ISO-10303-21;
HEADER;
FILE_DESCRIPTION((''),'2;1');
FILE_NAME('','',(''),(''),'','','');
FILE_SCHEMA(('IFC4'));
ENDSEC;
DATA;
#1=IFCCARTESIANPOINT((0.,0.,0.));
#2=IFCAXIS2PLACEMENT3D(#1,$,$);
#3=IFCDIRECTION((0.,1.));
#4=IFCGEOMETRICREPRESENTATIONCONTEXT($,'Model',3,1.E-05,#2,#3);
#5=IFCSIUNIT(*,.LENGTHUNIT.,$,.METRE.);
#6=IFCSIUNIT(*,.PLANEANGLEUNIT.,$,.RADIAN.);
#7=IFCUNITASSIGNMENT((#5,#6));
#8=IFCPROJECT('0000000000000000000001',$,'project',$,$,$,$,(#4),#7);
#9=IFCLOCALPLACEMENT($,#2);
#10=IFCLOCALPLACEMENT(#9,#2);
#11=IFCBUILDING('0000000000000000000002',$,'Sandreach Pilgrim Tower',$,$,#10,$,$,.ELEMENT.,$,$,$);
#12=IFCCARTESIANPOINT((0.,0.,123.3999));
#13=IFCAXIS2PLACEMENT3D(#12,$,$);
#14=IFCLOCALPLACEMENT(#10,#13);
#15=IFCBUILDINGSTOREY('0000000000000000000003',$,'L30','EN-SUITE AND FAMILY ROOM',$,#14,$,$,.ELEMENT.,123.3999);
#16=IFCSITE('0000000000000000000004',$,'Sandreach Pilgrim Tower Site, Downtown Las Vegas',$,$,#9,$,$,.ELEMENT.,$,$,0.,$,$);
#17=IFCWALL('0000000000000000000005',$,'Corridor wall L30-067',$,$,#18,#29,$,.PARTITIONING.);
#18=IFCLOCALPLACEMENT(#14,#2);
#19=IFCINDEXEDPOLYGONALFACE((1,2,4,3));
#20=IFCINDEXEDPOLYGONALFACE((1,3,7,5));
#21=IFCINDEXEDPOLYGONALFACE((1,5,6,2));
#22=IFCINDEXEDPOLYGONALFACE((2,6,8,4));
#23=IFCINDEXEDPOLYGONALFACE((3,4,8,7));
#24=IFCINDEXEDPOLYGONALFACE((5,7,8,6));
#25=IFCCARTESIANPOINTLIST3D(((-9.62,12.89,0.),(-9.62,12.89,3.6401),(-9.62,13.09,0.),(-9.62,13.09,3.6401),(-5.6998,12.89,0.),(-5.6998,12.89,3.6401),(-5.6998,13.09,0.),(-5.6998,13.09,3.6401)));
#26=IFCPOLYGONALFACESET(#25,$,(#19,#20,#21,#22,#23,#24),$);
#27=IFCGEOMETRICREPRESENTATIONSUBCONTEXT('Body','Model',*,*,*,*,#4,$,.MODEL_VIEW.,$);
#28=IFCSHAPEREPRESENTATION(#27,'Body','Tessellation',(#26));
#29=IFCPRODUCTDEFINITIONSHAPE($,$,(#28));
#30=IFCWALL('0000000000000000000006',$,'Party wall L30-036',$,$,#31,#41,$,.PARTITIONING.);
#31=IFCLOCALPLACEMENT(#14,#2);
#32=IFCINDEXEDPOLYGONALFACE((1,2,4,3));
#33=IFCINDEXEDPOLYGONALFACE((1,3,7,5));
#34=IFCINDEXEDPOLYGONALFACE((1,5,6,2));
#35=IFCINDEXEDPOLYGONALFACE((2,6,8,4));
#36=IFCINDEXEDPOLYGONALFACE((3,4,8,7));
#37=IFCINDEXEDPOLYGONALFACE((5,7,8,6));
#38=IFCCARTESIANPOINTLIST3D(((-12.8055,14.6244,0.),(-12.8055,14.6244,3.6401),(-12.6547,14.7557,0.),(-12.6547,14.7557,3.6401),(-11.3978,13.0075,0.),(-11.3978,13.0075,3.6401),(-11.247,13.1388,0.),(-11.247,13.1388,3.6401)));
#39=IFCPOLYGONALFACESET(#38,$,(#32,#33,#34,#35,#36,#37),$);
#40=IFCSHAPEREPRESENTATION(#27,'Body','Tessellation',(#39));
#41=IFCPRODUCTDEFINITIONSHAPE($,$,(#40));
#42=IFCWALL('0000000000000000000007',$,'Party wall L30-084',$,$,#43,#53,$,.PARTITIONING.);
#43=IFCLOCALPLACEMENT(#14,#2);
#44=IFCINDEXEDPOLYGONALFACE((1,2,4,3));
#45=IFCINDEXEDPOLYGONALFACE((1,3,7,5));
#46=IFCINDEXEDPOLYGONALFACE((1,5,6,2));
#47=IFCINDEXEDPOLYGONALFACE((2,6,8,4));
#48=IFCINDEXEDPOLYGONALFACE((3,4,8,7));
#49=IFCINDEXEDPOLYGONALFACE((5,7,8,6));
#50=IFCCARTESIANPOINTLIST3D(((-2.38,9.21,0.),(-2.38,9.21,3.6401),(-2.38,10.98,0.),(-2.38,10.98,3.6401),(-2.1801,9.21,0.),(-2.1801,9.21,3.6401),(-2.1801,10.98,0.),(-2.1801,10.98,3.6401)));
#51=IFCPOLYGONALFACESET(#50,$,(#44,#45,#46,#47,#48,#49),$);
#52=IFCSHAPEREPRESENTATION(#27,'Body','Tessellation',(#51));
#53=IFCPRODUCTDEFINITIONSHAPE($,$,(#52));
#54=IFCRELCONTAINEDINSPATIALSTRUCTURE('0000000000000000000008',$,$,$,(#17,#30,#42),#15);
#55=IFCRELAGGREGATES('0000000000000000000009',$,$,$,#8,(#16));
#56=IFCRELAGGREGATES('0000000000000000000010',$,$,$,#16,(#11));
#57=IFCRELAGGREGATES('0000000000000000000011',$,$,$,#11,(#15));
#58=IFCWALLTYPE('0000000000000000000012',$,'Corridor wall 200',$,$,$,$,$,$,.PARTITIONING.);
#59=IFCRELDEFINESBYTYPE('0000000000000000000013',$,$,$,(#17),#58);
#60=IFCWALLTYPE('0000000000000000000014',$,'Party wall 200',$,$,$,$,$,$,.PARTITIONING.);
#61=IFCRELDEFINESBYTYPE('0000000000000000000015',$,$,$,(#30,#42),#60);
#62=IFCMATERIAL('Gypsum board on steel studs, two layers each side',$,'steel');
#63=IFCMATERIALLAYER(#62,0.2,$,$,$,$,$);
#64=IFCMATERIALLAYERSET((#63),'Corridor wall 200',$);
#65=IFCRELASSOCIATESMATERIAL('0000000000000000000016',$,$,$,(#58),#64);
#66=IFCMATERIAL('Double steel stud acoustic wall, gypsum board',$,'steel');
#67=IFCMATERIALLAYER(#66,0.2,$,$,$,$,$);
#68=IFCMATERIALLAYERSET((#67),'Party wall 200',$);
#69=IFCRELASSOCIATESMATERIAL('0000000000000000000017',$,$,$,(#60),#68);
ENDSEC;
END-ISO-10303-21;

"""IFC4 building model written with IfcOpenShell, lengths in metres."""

from ifc_helpers import new_model, si_unit, direction, frame, frame_2d, origin, place, context, subcontext, project, spatial, rectangle, extrude, material, layer, layer_set, type_object, element, save


model = new_model("IFC4")

# Units and contexts
model_context = context("Model", 3, precision=1e-05, world=origin(), true_north=direction((0.0, 1.0)))
body_context = subcontext(model_context, "Body", "Model", "MODEL_VIEW")
ifc_project = project(units=[si_unit("LENGTHUNIT", "METRE"), si_unit("PLANEANGLEUNIT", "RADIAN")], contexts=[model_context])

# Site, building, storey
site_placement = place(None, origin())
site = spatial("IfcSite", under=ifc_project, at=site_placement, Name="Sandreach Pilgrim Tower Site, Downtown Las Vegas", CompositionType="ELEMENT", RefElevation=0.0)
building_placement = place(site_placement, origin())
building = spatial("IfcBuilding", under=site, at=building_placement, Name="Sandreach Pilgrim Tower", CompositionType="ELEMENT")
storey_placement = place(building_placement, frame((0.0, 0.0, 123.3999)))
storey = spatial("IfcBuildingStorey", under=building, at=storey_placement, Name="L30", Description="EN-SUITE AND FAMILY ROOM", CompositionType="ELEMENT", Elevation=123.3999)

# Shared definitions
ifc_material_1 = material(Name="Gypsum board on steel studs, two layers each side", Category="steel")
ifc_layer_1 = layer(ifc_material_1, 0.2)
ifc_layer_set_1 = layer_set([ifc_layer_1], Name="Corridor wall 200")
wall_type_1 = type_object("IfcWallType", Name="Corridor wall 200", PredefinedType="PARTITIONING", material=ifc_layer_set_1)

# Wall
wall_1_placement = place(storey_placement, frame((-5.7, 12.99, 0.0), z_axis=(0.0, 0.0, 1.0), x_axis=(-1.0, 0.0, 0.0)))
element("IfcWall", 1, at=wall_1_placement, inside=storey, type_object=wall_type_1, Name="Corridor wall L30-067", PredefinedType="PARTITIONING", context=body_context, shape_type="SweptSolid", body=[
    extrude(rectangle(XDim=3.9202, YDim=0.2, at=frame_2d((1.96, 0.0))), origin(), (0.0, 0.0, 1.0), 3.6401),
])

# Walls
ifc_material_2 = material(Name="Double steel stud acoustic wall, gypsum board", Category="steel")
ifc_layer_2 = layer(ifc_material_2, 0.2)
ifc_layer_set_2 = layer_set([ifc_layer_2], Name="Party wall 200")
wall_type_2 = type_object("IfcWallType", Name="Party wall 200", PredefinedType="PARTITIONING", material=ifc_layer_set_2)
wall_2_placement = place(storey_placement, frame((-12.73, 14.6899, 0.0), z_axis=(0.0, 0.0, 1.0), x_axis=(0.656624, -0.754218, 0.0)))
element("IfcWall", 2, at=wall_2_placement, inside=storey, type_object=wall_type_2, Name="Party wall L30-036", PredefinedType="PARTITIONING", context=body_context, shape_type="SweptSolid", body=[
    extrude(rectangle(XDim=2.1438, YDim=0.2, at=frame_2d((1.0718, 0.0))), origin(), (0.0, 0.0, 1.0), 3.6401),
])
wall_3_placement = place(storey_placement, frame((-2.28, 10.98, 0.0), z_axis=(0.0, 0.0, 1.0), x_axis=(0.0, -1.0, 0.0)))
element("IfcWall", 3, at=wall_3_placement, inside=storey, type_object=wall_type_2, Name="Party wall L30-084", PredefinedType="PARTITIONING", context=body_context, shape_type="SweptSolid", body=[
    extrude(rectangle(XDim=1.77, YDim=0.2, at=frame_2d((0.885, 0.0))), origin(), (0.0, 0.0, 1.0), 3.6401),
])

save(model, "model.ifc")
